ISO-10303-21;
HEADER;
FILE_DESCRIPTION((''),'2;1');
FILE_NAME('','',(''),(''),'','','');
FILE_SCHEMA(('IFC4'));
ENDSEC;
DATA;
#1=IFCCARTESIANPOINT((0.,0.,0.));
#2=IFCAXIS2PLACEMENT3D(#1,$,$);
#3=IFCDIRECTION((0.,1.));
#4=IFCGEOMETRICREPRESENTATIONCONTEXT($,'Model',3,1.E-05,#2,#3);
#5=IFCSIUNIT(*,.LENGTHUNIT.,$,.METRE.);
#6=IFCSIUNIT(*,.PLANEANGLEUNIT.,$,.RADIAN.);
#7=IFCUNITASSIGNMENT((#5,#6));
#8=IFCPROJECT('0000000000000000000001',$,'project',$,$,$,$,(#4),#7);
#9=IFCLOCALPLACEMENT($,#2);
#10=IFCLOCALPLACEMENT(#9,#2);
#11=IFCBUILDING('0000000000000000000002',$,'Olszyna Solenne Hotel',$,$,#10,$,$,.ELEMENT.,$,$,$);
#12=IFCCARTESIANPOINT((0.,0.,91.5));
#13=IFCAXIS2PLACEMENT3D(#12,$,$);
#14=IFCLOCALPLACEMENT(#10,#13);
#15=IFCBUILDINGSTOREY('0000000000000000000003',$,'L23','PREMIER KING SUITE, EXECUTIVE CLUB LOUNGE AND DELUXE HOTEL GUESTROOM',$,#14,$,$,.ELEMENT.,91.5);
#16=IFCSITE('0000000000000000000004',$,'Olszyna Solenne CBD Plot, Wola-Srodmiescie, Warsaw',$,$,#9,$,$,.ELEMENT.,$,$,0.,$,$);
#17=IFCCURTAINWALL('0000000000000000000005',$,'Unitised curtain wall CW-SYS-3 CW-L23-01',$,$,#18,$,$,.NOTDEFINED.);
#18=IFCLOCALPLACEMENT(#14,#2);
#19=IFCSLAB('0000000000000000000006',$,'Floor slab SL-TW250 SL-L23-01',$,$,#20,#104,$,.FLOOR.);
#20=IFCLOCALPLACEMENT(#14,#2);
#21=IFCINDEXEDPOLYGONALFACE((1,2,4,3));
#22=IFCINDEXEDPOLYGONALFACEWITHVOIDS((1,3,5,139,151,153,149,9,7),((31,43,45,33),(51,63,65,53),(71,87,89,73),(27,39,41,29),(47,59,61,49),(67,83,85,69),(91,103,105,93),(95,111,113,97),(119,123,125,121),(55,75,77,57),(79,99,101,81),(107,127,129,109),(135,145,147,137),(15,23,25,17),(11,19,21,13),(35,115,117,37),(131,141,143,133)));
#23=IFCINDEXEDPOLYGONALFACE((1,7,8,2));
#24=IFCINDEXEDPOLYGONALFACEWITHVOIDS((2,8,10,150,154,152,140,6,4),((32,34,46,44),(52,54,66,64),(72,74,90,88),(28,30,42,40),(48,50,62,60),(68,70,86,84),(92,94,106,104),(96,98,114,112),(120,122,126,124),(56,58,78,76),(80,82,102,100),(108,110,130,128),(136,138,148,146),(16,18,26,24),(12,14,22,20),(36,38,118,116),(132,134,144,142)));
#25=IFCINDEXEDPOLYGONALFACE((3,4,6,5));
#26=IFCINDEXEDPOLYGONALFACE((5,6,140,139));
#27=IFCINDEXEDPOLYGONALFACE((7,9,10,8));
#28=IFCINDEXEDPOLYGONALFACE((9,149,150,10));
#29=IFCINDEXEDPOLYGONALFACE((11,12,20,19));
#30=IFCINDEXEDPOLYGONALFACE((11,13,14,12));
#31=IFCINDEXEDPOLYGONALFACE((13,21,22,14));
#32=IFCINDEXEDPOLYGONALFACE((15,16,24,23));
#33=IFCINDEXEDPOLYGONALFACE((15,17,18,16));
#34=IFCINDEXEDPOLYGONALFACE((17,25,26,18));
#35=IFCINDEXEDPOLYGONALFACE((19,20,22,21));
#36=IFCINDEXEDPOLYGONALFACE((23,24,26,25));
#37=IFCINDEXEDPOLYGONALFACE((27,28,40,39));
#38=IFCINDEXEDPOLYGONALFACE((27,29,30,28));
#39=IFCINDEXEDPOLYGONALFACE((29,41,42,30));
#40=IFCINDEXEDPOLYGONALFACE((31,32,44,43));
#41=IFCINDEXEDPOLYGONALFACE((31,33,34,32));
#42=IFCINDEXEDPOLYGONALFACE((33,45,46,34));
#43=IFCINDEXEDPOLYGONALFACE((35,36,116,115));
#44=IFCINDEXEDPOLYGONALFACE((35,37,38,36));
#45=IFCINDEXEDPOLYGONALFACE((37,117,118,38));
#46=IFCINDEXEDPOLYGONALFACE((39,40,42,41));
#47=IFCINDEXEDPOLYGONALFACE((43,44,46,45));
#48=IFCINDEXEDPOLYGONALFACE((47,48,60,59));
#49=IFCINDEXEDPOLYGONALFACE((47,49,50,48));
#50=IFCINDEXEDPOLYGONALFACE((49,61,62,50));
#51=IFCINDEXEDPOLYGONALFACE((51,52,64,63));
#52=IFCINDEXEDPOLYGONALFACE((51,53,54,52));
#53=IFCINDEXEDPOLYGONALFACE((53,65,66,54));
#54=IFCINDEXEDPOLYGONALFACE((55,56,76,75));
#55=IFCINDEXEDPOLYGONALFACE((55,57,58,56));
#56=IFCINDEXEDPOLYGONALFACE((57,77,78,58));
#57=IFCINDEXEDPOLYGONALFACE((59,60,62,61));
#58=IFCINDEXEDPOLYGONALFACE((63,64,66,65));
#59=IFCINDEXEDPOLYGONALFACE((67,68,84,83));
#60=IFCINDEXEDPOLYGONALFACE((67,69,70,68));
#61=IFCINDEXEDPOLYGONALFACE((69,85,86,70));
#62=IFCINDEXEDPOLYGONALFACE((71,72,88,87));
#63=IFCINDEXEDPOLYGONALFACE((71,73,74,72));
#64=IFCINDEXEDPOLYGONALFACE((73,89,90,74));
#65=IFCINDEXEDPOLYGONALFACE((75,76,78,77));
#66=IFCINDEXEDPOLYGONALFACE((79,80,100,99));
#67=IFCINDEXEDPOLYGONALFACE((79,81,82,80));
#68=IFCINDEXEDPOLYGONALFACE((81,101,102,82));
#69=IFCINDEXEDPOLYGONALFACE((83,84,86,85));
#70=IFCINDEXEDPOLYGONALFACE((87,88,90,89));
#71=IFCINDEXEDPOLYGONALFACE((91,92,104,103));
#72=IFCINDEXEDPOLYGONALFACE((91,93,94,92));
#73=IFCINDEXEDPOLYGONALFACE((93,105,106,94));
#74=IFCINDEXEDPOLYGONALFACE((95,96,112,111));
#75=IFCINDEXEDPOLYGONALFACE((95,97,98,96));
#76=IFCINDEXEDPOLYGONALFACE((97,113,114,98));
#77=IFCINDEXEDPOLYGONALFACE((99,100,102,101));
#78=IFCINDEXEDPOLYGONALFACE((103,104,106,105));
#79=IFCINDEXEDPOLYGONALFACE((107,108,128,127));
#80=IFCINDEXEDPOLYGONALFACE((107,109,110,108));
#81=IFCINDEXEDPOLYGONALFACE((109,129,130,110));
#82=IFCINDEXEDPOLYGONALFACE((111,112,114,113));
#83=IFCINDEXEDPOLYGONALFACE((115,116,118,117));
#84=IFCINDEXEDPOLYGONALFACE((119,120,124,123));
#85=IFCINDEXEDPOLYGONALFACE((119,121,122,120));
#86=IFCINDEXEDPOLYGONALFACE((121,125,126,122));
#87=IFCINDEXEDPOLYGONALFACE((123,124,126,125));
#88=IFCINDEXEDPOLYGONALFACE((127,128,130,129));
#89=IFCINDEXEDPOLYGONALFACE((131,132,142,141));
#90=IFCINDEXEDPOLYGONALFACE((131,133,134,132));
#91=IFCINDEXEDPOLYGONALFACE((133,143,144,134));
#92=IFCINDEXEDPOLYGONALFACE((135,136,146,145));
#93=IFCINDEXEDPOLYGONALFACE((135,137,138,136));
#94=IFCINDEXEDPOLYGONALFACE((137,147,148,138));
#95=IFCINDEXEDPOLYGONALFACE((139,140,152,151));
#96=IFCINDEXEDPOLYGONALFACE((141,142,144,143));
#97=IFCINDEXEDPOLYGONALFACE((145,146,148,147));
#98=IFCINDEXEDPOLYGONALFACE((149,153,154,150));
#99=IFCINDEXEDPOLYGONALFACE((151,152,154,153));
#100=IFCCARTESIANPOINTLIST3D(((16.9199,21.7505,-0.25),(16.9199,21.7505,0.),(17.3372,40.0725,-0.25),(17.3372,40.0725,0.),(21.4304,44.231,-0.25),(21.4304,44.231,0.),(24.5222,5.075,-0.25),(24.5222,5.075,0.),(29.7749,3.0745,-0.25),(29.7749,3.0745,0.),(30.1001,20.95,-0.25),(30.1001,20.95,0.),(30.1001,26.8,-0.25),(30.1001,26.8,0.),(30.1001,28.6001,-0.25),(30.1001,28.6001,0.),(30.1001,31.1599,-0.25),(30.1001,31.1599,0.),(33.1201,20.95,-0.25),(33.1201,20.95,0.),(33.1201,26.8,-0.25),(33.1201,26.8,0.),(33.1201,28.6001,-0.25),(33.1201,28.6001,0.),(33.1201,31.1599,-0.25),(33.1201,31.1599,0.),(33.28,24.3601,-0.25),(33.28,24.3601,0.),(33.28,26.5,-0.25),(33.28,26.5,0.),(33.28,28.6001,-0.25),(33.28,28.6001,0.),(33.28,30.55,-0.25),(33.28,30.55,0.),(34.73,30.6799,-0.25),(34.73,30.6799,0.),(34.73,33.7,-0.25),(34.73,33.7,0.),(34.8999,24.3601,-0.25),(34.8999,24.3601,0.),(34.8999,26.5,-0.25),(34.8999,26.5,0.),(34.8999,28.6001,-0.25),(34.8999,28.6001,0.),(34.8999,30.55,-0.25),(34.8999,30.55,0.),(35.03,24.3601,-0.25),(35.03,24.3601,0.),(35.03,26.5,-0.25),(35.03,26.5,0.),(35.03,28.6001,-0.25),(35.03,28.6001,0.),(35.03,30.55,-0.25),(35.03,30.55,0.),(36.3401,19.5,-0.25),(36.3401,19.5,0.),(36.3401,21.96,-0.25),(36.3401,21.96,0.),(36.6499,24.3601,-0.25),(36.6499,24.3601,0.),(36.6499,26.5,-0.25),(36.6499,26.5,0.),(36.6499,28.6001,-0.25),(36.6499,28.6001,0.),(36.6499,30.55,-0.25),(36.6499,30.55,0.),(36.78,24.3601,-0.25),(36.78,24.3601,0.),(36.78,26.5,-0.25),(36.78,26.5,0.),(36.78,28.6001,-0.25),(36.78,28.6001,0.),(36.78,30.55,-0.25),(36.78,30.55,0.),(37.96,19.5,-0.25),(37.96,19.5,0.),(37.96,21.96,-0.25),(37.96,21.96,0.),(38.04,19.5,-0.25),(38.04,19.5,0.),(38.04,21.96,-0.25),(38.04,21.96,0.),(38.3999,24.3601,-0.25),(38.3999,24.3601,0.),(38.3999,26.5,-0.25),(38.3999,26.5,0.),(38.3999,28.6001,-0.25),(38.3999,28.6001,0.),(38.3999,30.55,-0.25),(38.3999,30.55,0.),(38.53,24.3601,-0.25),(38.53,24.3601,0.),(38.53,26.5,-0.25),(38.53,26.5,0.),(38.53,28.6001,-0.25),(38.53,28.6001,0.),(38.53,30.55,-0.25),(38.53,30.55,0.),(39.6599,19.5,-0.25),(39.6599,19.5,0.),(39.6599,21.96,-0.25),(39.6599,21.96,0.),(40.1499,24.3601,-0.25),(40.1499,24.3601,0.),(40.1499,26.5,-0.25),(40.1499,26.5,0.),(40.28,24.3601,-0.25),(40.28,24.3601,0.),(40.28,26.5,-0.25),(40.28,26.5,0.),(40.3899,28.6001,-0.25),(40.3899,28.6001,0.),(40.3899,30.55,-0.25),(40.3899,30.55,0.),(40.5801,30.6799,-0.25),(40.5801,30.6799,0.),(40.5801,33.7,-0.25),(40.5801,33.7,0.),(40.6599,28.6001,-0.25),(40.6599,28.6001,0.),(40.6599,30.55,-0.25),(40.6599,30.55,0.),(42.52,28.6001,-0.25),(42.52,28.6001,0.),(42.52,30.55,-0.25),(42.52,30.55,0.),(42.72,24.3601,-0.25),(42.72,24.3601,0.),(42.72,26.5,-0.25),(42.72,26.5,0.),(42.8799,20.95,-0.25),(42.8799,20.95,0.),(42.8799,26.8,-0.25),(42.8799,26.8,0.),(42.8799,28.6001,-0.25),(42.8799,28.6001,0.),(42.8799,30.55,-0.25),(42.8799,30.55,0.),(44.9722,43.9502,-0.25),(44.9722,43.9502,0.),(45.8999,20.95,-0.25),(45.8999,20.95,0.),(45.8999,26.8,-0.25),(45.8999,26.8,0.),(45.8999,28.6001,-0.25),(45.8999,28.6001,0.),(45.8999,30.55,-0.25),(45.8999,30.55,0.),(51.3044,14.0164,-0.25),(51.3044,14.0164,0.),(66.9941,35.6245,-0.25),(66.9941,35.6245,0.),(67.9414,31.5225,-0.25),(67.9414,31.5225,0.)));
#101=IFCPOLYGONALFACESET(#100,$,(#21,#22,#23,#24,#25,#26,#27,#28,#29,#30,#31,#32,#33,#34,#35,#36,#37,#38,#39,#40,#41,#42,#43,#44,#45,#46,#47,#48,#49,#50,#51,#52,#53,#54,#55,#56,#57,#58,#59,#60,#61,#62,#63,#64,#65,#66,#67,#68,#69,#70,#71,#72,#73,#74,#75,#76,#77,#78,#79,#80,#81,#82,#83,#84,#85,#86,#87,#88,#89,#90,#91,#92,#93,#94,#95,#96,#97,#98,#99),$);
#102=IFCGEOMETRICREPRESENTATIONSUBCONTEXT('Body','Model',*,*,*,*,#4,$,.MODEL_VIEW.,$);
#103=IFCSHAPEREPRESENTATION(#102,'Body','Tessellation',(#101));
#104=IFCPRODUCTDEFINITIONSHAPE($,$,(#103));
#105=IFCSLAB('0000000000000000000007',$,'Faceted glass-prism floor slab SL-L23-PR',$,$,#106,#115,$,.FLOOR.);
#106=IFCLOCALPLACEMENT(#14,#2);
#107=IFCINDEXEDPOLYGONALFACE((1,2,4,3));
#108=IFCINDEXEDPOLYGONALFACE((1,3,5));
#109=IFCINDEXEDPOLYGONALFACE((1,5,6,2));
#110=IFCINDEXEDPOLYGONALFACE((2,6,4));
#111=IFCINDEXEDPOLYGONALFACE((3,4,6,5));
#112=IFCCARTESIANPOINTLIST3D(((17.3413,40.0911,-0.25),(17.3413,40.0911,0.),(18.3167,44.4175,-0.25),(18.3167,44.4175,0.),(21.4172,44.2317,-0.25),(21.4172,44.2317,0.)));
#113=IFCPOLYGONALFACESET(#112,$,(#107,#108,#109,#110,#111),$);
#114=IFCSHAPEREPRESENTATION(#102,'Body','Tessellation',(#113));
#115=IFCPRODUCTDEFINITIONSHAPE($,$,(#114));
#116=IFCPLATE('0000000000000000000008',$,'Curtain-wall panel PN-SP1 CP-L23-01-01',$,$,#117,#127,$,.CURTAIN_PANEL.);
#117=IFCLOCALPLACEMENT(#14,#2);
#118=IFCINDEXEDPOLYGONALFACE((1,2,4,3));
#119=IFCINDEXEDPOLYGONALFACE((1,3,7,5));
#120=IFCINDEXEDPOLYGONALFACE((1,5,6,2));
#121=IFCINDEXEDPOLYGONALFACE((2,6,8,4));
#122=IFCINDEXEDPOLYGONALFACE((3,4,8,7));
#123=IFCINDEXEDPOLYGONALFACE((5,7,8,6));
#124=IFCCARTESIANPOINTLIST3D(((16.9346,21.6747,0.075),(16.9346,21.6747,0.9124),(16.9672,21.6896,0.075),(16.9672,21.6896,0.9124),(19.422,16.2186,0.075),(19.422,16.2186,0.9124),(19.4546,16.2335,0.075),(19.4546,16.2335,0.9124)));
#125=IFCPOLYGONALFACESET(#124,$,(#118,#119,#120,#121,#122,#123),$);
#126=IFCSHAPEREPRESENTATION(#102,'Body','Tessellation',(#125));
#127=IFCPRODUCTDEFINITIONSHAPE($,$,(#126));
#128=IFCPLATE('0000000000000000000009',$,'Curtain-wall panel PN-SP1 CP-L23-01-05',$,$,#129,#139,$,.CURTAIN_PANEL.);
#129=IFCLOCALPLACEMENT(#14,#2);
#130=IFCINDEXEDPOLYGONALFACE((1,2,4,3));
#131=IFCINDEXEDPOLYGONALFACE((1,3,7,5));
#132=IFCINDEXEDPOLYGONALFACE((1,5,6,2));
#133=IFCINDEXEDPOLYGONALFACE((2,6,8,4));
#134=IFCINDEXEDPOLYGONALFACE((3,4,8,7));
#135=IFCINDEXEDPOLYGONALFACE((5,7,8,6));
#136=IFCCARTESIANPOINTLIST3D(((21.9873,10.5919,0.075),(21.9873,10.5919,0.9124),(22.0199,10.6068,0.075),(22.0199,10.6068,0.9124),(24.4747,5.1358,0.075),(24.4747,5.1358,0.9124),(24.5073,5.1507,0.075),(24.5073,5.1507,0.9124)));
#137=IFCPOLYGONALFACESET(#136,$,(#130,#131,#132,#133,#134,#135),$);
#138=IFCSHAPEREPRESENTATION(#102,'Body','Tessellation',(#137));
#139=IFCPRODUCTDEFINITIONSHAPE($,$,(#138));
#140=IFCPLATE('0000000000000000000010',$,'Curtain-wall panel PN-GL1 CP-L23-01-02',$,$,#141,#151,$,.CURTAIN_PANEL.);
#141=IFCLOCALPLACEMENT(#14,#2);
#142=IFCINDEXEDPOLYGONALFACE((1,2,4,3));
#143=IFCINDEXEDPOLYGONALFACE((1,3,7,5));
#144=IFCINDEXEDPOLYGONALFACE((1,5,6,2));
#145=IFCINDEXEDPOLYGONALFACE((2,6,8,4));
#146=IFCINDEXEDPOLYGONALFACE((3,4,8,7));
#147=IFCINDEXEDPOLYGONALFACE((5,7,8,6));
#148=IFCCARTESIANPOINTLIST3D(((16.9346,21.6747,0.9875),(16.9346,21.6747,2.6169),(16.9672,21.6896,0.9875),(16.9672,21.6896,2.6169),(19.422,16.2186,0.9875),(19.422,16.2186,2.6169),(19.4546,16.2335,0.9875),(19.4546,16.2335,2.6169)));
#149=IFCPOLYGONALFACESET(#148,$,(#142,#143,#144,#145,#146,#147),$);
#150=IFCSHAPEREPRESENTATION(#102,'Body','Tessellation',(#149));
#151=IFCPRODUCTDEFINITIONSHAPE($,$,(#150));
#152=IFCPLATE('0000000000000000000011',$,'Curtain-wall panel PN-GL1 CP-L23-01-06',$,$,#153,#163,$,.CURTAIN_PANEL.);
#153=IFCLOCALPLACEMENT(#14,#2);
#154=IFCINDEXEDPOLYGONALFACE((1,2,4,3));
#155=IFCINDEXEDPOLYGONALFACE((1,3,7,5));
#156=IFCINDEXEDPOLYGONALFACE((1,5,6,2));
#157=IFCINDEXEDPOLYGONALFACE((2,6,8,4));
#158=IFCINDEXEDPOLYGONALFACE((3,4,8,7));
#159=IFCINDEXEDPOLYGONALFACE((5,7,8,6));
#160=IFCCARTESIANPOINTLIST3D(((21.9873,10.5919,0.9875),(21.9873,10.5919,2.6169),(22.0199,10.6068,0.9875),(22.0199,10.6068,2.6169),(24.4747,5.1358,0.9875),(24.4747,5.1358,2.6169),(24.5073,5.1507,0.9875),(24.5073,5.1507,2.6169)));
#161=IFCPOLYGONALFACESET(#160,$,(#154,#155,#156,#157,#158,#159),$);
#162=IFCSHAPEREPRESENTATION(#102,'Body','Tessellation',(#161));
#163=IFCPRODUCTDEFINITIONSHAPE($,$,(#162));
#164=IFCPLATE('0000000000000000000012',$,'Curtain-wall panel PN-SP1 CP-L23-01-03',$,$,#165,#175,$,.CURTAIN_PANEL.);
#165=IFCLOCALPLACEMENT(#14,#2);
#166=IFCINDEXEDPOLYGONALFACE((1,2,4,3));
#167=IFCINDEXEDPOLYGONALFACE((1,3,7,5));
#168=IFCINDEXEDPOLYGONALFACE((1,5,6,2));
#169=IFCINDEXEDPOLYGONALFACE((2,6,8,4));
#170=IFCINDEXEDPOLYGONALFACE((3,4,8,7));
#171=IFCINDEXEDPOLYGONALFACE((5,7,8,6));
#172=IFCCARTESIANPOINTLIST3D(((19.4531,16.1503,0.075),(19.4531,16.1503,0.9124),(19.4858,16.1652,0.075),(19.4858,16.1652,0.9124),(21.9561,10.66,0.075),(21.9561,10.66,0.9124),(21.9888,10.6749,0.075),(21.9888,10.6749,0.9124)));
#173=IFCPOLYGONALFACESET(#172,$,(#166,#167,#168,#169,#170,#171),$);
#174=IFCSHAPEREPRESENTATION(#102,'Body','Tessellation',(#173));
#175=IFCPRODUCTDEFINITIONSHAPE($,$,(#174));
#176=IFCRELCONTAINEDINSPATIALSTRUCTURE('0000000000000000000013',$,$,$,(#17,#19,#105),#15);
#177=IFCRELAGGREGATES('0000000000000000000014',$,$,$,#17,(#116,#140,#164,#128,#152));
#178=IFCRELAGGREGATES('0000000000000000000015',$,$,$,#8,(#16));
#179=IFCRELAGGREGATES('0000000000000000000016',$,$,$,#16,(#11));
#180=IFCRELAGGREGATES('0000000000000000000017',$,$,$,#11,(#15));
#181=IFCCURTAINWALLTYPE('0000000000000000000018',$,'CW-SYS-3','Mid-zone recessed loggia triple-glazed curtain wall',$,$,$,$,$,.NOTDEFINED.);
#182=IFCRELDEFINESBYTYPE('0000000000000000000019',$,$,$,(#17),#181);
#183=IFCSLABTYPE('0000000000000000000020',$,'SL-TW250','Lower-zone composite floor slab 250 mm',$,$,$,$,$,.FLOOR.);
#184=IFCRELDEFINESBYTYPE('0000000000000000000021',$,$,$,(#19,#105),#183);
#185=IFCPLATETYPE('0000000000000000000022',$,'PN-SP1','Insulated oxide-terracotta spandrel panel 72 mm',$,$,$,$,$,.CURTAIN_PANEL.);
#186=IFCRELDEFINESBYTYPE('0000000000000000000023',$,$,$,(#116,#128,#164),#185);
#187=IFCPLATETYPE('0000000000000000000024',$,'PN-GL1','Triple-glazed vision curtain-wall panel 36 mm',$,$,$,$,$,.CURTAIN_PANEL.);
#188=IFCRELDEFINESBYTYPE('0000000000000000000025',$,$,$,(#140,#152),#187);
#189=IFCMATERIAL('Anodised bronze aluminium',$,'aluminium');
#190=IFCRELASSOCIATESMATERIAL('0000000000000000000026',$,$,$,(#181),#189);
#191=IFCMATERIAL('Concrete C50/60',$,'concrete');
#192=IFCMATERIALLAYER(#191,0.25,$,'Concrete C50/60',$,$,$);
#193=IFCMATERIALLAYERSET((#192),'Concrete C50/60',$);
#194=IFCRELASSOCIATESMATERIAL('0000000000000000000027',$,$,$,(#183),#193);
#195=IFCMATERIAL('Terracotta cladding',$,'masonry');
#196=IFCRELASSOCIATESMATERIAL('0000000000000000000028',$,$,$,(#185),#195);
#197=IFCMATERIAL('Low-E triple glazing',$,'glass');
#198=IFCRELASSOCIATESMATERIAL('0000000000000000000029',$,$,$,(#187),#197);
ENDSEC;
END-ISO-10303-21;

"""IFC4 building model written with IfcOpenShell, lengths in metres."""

from ifc_helpers import new_model, si_unit, direction, frame, origin, origin_2d, place, context, subcontext, project, spatial, polyline, rectangle, outline, extrude, source, transform, mapped, material, layer, layer_set, type_object, element, aggregate, save


model = new_model("IFC4")

# Units and contexts
model_context = context("Model", 3, precision=1e-05, world=origin(), true_north=direction((0.0, 1.0)))
body_context = subcontext(model_context, "Body", "Model", "MODEL_VIEW")
ifc_project = project(units=[si_unit("LENGTHUNIT", "METRE"), si_unit("PLANEANGLEUNIT", "RADIAN")], contexts=[model_context])

# Site, building, storey
site_placement = place(None, origin())
site = spatial("IfcSite", under=ifc_project, at=site_placement, Name="Olszyna Solenne CBD Plot, Wola-Srodmiescie, Warsaw", CompositionType="ELEMENT", RefElevation=0.0)
building_placement = place(site_placement, origin())
building = spatial("IfcBuilding", under=site, at=building_placement, Name="Olszyna Solenne Hotel", CompositionType="ELEMENT")
storey_placement = place(building_placement, frame((0.0, 0.0, 91.5)))
storey = spatial("IfcBuildingStorey", under=building, at=storey_placement, Name="L23", Description="PREMIER KING SUITE, EXECUTIVE CLUB LOUNGE AND DELUXE HOTEL GUESTROOM", CompositionType="ELEMENT", Elevation=91.5)

# Curtain wall
ifc_material_1 = material(Name="Anodised bronze aluminium", Category="aluminium")
curtain_wall_type = type_object("IfcCurtainWallType", Name="CW-SYS-3", Description="Mid-zone recessed loggia triple-glazed curtain wall", PredefinedType="NOTDEFINED", material=ifc_material_1)
curtain_wall_placement = place(storey_placement, origin())
curtain_wall = element("IfcCurtainWall", 1, at=curtain_wall_placement, inside=storey, type_object=curtain_wall_type, Name="Unitised curtain wall CW-SYS-3 CW-L23-01", PredefinedType="NOTDEFINED")

# Slabs
ifc_material_2 = material(Name="Concrete C50/60", Category="concrete")
ifc_layer_1 = layer(ifc_material_2, 0.25, Name="Concrete C50/60")
ifc_layer_set_1 = layer_set([ifc_layer_1], Name="Concrete C50/60")
slab_type_1 = type_object("IfcSlabType", Name="SL-TW250", Description="Lower-zone composite floor slab 250 mm", PredefinedType="FLOOR", material=ifc_layer_set_1)
slab_1_placement = place(storey_placement, frame((0.0, 0.0, -0.25)))
element("IfcSlab", 2, at=slab_1_placement, inside=storey, type_object=slab_type_1, Name="Floor slab SL-TW250 SL-L23-01", PredefinedType="FLOOR", context=body_context, shape_type="SweptSolid", body=[
    extrude(outline(polyline([(67.9414, 31.5225), (66.9941, 35.6245), (44.9722, 43.9502), (21.4304, 44.231), (17.3372, 40.0725), (16.9199, 21.7505), (24.5222, 5.075), (29.7749, 3.0745), (51.3044, 14.0164), (67.9414, 31.5225)]), holes=[polyline([(30.1001, 20.95), (33.1201, 20.95), (33.1201, 26.8), (30.1001, 26.8), (30.1001, 20.95)]), polyline([(42.8799, 20.95), (45.8999, 20.95), (45.8999, 26.8), (42.8799, 26.8), (42.8799, 20.95)]), polyline([(34.73, 30.6799), (40.5801, 30.6799), (40.5801, 33.7), (34.73, 33.7), (34.73, 30.6799)]), polyline([(36.3401, 19.5), (37.96, 19.5), (37.96, 21.96), (36.3401, 21.96), (36.3401, 19.5)]), polyline([(38.04, 19.5), (39.6599, 19.5), (39.6599, 21.96), (38.04, 21.96), (38.04, 19.5)]), polyline([(30.1001, 28.6001), (33.1201, 28.6001), (33.1201, 31.1599), (30.1001, 31.1599), (30.1001, 28.6001)]), polyline([(33.28, 24.3601), (34.8999, 24.3601), (34.8999, 26.5), (33.28, 26.5), (33.28, 24.3601)]), polyline([(35.03, 24.3601), (36.6499, 24.3601), (36.6499, 26.5), (35.03, 26.5), (35.03, 24.3601)]), polyline([(36.78, 24.3601), (38.3999, 24.3601), (38.3999, 26.5), (36.78, 26.5), (36.78, 24.3601)]), polyline([(38.53, 24.3601), (40.1499, 24.3601), (40.1499, 26.5), (38.53, 26.5), (38.53, 24.3601)]), polyline([(40.28, 24.3601), (42.72, 24.3601), (42.72, 26.5), (40.28, 26.5), (40.28, 24.3601)]), polyline([(33.28, 28.6001), (34.8999, 28.6001), (34.8999, 30.55), (33.28, 30.55), (33.28, 28.6001)]), polyline([(35.03, 28.6001), (36.6499, 28.6001), (36.6499, 30.55), (35.03, 30.55), (35.03, 28.6001)]), polyline([(36.78, 28.6001), (38.3999, 28.6001), (38.3999, 30.55), (36.78, 30.55), (36.78, 28.6001)]), polyline([(38.53, 28.6001), (40.3899, 28.6001), (40.3899, 30.55), (38.53, 30.55), (38.53, 28.6001)]), polyline([(40.6599, 28.6001), (42.52, 28.6001), (42.52, 30.55), (40.6599, 30.55), (40.6599, 28.6001)]), polyline([(42.8799, 28.6001), (45.8999, 28.6001), (45.8999, 30.55), (42.8799, 30.55), (42.8799, 28.6001)])]), origin(), (0.0, 0.0, 1.0), 0.25),
])
slab_2_placement = place(storey_placement, frame((0.0, 0.0, -0.25)))
element("IfcSlab", 3, at=slab_2_placement, inside=storey, type_object=slab_type_1, Name="Faceted glass-prism floor slab SL-L23-PR", PredefinedType="FLOOR", context=body_context, shape_type="SweptSolid", body=[
    extrude(outline(polyline([(17.3413, 40.0911), (21.4172, 44.2317), (18.3167, 44.4175), (17.3413, 40.0911)])), origin(), (0.0, 0.0, 1.0), 0.25),
])

# Plates
ifc_material_3 = material(Name="Terracotta cladding", Category="masonry")
plate_type_1 = type_object("IfcPlateType", Name="PN-SP1", Description="Insulated oxide-terracotta spandrel panel 72 mm", PredefinedType="CURTAIN_PANEL", material=ifc_material_3)
shared_shape_1 = source(origin(), body_context, "Body", "SweptSolid", [
    extrude(rectangle(XDim=5.9963, YDim=0.0359, at=origin_2d()), origin(), (0.0, 0.0, 1.0), 0.8374),
])
plate_1_placement = place(storey_placement, frame((18.1946, 18.9541, 0.075), z_axis=(0.0, 0.0, 1.0), x_axis=(0.414819, -0.909904, 0.0)))
plate_1 = element("IfcPlate", 4, at=plate_1_placement, type_object=plate_type_1, Name="Curtain-wall panel PN-SP1 CP-L23-01-01", PredefinedType="CURTAIN_PANEL", context=body_context, shape_type="MappedRepresentation", body=[
    mapped(shared_shape_1, transform((0.0, 0.0, 0.0), x_axis=(1.0, 0.0, 0.0), y_axis=(0.0, 1.0, 0.0), z_axis=(0.0, 0.0, 1.0), scale=1.0)),
])
plate_2_placement = place(storey_placement, frame((23.2473, 7.8713, 0.075), z_axis=(0.0, 0.0, 1.0), x_axis=(0.414819, -0.909904, 0.0)))
plate_2 = element("IfcPlate", 5, at=plate_2_placement, type_object=plate_type_1, Name="Curtain-wall panel PN-SP1 CP-L23-01-05", PredefinedType="CURTAIN_PANEL", context=body_context, shape_type="MappedRepresentation", body=[
    mapped(shared_shape_1, transform((0.0, 0.0, 0.0), x_axis=(1.0, 0.0, 0.0), y_axis=(0.0, 1.0, 0.0), z_axis=(0.0, 0.0, 1.0), scale=1.0)),
])
ifc_material_4 = material(Name="Low-E triple glazing", Category="glass")
plate_type_2 = type_object("IfcPlateType", Name="PN-GL1", Description="Triple-glazed vision curtain-wall panel 36 mm", PredefinedType="CURTAIN_PANEL", material=ifc_material_4)
shared_shape_2 = source(origin(), body_context, "Body", "SweptSolid", [
    extrude(rectangle(XDim=5.9963, YDim=0.0359, at=origin_2d()), origin(), (0.0, 0.0, 1.0), 1.6294),
])
plate_3_placement = place(storey_placement, frame((18.1946, 18.9541, 0.9875), z_axis=(0.0, 0.0, 1.0), x_axis=(0.414819, -0.909904, 0.0)))
plate_3 = element("IfcPlate", 6, at=plate_3_placement, type_object=plate_type_2, Name="Curtain-wall panel PN-GL1 CP-L23-01-02", PredefinedType="CURTAIN_PANEL", context=body_context, shape_type="MappedRepresentation", body=[
    mapped(shared_shape_2, transform((0.0, 0.0, 0.0), x_axis=(1.0, 0.0, 0.0), y_axis=(0.0, 1.0, 0.0), z_axis=(0.0, 0.0, 1.0), scale=1.0)),
])
plate_4_placement = place(storey_placement, frame((23.2473, 7.8713, 0.9875), z_axis=(0.0, 0.0, 1.0), x_axis=(0.414819, -0.909904, 0.0)))
plate_4 = element("IfcPlate", 7, at=plate_4_placement, type_object=plate_type_2, Name="Curtain-wall panel PN-GL1 CP-L23-01-06", PredefinedType="CURTAIN_PANEL", context=body_context, shape_type="MappedRepresentation", body=[
    mapped(shared_shape_2, transform((0.0, 0.0, 0.0), x_axis=(1.0, 0.0, 0.0), y_axis=(0.0, 1.0, 0.0), z_axis=(0.0, 0.0, 1.0), scale=1.0)),
])
shared_shape_3 = source(origin(), body_context, "Body", "SweptSolid", [
    extrude(rectangle(XDim=6.0339, YDim=0.0359, at=origin_2d()), origin(), (0.0, 0.0, 1.0), 0.8374),
])
plate_5_placement = place(storey_placement, frame((20.7209, 13.4126, 0.075), z_axis=(0.0, 0.0, 1.0), x_axis=(0.414819, -0.909904, 0.0)))
plate_5 = element("IfcPlate", 8, at=plate_5_placement, type_object=plate_type_1, Name="Curtain-wall panel PN-SP1 CP-L23-01-03", PredefinedType="CURTAIN_PANEL", context=body_context, shape_type="MappedRepresentation", body=[
    mapped(shared_shape_3, transform((0.0, 0.0, 0.0), x_axis=(1.0, 0.0, 0.0), y_axis=(0.0, 1.0, 0.0), z_axis=(0.0, 0.0, 1.0), scale=1.0)),
])
aggregate(curtain_wall, [plate_1, plate_3, plate_5, plate_2, plate_4])

save(model, "model.ifc")
